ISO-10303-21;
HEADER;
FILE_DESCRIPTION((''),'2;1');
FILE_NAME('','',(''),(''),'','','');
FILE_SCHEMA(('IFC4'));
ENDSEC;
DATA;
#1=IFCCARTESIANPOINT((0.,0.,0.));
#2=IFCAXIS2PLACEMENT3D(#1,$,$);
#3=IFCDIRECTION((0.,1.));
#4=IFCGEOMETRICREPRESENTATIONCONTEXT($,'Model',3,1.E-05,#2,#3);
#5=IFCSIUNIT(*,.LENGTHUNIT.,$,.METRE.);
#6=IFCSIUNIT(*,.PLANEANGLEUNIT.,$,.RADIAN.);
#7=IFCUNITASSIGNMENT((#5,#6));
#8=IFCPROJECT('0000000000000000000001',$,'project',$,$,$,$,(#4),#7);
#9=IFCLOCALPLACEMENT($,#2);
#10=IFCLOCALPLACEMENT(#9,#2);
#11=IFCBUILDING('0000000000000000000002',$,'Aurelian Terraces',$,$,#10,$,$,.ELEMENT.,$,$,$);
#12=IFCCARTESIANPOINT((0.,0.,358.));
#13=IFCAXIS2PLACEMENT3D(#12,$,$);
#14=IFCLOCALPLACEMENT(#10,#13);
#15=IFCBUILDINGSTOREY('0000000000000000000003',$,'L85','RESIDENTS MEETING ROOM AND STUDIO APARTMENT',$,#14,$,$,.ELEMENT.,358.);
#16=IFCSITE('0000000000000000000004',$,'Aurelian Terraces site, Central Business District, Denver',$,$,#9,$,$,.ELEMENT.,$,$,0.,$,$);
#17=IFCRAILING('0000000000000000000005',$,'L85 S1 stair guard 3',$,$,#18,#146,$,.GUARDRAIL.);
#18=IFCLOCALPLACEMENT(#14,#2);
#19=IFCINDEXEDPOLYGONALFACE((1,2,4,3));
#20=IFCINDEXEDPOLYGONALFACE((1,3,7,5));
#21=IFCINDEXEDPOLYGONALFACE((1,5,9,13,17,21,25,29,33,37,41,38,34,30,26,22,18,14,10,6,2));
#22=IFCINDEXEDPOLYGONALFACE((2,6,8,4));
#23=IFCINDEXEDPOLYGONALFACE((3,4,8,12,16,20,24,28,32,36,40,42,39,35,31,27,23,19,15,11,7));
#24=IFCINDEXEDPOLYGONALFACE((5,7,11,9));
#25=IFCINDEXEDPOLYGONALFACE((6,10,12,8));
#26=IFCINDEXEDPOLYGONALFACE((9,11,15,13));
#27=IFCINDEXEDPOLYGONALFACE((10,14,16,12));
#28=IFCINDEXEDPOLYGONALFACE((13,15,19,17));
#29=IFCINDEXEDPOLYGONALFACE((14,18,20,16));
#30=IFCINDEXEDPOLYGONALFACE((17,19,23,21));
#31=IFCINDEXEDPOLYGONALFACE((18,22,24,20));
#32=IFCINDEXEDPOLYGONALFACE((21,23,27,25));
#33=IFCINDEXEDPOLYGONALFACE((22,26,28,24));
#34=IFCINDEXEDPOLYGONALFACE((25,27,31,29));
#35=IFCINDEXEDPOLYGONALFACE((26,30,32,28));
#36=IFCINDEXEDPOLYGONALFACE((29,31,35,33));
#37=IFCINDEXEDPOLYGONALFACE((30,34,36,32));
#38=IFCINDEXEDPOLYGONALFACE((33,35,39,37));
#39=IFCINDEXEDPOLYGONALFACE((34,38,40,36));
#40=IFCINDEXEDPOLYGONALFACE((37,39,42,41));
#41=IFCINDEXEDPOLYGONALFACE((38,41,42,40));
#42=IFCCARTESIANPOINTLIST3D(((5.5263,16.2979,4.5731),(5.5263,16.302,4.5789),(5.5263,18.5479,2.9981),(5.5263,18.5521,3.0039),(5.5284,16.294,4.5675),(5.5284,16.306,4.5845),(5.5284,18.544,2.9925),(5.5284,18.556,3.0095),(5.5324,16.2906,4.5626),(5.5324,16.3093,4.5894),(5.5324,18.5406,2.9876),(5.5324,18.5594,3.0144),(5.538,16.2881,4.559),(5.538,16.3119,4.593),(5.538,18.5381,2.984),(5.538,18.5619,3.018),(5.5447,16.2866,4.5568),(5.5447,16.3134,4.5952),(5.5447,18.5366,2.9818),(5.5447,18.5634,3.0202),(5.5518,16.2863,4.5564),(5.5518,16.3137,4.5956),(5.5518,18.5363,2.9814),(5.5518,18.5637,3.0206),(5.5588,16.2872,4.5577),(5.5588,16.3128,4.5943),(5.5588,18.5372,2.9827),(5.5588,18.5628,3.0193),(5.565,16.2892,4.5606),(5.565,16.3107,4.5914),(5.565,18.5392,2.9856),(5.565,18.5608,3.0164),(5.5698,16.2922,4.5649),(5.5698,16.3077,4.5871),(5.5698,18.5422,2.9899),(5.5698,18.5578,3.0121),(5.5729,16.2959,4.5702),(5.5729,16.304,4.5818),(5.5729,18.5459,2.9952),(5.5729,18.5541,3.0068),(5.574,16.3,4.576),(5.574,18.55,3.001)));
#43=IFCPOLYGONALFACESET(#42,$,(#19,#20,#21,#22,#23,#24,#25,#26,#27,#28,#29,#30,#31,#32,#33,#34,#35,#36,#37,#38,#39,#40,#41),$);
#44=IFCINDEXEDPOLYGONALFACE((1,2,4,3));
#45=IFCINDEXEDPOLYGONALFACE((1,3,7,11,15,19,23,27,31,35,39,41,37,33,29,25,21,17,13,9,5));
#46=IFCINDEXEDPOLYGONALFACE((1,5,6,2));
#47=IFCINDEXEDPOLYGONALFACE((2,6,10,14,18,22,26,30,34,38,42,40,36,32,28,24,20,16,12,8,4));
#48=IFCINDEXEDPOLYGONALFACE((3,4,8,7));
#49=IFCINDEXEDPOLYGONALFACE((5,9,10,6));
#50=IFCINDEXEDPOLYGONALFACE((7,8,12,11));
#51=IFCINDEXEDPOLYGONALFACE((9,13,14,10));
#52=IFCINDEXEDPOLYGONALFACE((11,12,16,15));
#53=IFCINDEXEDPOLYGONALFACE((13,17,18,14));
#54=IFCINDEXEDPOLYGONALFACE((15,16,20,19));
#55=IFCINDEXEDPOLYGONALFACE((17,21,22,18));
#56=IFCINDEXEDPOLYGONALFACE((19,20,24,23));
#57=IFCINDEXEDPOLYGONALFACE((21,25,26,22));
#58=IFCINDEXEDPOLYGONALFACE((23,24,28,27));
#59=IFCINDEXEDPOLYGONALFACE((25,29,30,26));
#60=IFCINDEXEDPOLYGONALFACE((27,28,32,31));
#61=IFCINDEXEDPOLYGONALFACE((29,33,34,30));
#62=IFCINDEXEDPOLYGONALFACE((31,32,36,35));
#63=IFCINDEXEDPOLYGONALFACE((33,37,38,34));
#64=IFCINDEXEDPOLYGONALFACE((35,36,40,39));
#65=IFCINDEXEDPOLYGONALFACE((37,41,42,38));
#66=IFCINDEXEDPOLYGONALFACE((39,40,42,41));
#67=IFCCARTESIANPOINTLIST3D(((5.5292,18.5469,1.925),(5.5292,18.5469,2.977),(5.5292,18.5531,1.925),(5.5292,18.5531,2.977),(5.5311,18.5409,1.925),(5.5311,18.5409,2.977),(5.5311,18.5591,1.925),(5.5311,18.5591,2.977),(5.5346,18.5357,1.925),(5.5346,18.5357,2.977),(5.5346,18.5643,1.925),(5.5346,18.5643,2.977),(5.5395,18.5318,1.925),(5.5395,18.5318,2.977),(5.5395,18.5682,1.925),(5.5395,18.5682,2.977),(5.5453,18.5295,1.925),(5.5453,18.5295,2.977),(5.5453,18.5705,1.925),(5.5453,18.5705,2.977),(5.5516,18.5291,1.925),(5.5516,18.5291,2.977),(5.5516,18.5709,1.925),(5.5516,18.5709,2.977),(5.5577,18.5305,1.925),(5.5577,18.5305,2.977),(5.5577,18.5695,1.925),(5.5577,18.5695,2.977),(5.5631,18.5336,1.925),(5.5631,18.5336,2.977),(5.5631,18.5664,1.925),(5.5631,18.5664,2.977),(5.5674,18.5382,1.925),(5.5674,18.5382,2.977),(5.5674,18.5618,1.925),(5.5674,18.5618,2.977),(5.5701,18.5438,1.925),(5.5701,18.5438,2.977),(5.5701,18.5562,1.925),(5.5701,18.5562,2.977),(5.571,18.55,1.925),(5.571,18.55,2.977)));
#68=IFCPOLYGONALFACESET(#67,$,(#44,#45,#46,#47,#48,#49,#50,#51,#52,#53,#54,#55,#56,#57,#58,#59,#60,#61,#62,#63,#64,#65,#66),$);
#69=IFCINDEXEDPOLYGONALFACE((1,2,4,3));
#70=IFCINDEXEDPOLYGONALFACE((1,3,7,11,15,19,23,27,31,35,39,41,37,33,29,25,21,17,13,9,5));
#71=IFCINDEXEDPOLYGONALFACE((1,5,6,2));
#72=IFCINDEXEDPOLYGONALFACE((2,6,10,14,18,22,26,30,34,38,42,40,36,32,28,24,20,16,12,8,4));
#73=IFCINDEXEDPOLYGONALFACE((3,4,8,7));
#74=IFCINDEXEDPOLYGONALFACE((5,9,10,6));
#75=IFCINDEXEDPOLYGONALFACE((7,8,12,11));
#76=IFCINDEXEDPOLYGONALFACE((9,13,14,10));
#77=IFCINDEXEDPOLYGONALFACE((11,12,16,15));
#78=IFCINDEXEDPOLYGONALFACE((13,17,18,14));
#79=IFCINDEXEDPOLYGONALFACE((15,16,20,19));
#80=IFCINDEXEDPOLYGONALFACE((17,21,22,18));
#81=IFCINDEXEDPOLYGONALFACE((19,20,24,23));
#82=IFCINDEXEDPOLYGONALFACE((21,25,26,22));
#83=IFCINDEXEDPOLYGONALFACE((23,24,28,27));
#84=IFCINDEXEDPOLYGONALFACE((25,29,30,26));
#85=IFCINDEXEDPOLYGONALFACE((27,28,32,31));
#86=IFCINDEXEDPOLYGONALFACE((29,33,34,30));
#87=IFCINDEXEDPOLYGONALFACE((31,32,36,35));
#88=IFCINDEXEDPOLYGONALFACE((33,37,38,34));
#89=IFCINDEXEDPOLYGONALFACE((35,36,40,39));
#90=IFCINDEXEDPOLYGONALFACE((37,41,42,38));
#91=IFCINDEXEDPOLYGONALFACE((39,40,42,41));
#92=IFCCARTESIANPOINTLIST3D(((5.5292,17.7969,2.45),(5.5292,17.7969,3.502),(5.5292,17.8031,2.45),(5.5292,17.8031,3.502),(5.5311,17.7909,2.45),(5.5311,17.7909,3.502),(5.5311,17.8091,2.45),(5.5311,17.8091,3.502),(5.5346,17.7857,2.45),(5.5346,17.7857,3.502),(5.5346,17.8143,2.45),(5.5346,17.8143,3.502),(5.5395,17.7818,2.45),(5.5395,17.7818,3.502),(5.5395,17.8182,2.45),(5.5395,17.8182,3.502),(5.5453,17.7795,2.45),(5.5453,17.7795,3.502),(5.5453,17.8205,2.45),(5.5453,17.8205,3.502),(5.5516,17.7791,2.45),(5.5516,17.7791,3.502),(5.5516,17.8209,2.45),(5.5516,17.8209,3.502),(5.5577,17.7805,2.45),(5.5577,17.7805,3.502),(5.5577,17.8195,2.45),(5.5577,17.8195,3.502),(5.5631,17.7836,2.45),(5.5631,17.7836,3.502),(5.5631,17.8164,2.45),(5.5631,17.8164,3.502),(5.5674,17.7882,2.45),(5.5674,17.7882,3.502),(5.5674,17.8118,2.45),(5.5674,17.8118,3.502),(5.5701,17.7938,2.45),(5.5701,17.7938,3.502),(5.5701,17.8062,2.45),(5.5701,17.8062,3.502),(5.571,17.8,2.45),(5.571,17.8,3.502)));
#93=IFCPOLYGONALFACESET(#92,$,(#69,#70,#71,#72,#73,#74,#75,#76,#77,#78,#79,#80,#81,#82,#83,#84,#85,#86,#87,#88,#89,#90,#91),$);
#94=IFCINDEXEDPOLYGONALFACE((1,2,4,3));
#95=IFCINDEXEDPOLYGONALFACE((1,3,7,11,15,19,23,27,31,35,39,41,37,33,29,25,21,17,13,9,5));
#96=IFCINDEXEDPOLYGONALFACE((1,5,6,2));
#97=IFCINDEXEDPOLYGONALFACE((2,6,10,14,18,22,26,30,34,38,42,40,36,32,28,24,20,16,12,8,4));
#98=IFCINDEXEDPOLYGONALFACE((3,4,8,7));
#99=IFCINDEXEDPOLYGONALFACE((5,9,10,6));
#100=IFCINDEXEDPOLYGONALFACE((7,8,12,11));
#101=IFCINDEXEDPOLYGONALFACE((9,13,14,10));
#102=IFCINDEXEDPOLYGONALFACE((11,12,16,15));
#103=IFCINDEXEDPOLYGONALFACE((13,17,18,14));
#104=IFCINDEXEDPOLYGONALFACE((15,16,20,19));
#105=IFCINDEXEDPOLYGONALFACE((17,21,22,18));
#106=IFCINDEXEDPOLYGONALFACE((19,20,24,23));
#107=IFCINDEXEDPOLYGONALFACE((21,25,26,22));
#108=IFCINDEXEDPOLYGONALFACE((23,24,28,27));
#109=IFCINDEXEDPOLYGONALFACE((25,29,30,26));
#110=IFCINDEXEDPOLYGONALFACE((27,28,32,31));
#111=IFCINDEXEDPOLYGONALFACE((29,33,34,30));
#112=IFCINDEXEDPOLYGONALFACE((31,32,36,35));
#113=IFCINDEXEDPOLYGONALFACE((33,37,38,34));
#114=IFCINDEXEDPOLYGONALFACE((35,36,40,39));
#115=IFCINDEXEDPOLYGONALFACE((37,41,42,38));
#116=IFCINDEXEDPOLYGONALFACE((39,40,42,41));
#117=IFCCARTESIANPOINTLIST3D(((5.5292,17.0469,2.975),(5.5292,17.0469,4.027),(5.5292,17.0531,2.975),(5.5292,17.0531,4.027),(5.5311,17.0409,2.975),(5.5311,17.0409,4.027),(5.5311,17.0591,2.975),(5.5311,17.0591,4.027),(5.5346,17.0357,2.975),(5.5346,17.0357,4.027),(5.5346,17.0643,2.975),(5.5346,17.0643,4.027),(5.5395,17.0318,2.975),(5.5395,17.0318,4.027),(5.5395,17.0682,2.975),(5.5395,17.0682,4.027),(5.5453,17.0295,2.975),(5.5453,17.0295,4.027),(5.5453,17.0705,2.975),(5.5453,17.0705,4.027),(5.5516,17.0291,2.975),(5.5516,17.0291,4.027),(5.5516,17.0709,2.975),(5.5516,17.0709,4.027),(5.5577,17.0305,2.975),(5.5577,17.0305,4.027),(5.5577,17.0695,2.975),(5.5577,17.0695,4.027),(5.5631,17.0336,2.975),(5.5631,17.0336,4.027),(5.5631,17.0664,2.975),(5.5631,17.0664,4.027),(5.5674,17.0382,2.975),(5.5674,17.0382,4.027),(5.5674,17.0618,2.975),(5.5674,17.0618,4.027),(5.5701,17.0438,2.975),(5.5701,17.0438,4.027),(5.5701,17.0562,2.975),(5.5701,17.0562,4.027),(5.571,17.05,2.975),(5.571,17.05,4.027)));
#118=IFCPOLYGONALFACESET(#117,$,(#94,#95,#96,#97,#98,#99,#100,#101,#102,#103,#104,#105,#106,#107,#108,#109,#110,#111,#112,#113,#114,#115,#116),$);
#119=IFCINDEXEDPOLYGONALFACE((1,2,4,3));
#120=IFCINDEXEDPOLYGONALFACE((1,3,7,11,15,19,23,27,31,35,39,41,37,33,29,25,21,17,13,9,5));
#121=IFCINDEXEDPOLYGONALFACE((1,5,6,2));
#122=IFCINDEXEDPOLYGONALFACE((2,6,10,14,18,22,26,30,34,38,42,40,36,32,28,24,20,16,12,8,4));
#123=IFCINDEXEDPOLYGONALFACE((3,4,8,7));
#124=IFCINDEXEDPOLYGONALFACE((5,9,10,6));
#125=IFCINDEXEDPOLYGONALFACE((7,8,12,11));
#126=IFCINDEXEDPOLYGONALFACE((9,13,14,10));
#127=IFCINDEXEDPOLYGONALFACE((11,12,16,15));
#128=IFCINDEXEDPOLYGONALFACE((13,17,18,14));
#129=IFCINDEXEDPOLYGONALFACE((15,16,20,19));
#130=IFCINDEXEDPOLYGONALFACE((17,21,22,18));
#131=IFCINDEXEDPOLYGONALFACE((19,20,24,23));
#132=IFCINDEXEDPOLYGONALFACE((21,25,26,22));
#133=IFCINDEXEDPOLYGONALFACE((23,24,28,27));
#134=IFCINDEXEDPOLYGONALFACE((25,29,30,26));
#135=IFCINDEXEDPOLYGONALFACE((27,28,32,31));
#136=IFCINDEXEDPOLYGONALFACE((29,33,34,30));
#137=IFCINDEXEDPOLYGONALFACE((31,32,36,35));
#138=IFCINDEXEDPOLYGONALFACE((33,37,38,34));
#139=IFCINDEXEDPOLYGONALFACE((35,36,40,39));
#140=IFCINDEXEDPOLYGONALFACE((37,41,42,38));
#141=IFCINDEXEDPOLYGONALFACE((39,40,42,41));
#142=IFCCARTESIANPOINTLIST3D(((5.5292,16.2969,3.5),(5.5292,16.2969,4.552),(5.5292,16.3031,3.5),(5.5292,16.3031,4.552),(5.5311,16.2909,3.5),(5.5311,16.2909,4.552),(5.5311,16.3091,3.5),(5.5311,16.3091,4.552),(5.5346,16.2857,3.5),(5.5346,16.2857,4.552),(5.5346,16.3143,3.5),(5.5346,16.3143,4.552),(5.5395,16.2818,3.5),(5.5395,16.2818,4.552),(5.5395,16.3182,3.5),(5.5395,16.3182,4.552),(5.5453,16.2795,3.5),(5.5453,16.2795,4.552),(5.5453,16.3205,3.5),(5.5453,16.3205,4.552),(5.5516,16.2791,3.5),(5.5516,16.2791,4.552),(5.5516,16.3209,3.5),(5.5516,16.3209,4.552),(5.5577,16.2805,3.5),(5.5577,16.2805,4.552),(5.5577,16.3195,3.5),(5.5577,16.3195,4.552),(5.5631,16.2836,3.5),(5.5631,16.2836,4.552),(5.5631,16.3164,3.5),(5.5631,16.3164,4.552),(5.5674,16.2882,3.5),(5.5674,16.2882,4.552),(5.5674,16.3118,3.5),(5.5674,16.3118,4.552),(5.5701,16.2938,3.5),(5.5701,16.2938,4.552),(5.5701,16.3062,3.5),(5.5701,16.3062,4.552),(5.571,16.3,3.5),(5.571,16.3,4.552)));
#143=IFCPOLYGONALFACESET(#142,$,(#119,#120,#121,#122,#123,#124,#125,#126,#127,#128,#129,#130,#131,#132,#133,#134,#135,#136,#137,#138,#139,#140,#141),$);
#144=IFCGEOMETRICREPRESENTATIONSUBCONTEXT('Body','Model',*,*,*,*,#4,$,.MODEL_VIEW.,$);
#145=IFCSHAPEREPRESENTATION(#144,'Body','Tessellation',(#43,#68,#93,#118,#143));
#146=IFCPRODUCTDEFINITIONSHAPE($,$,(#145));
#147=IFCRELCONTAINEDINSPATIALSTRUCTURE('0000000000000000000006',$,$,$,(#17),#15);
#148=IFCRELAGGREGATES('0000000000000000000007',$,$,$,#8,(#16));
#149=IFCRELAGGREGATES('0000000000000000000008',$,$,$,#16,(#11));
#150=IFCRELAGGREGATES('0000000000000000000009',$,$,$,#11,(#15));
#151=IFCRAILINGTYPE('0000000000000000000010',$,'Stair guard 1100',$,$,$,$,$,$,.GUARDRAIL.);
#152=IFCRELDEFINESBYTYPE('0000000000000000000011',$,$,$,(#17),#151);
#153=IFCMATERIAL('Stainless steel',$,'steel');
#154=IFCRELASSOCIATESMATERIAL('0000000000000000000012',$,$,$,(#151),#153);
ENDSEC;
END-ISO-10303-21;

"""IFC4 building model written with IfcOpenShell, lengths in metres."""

from ifc_helpers import new_model, si_unit, direction, frame, origin, origin_2d, place, context, subcontext, project, spatial, circle, extrude, source, transform, mapped, material, type_object, element, save


model = new_model("IFC4")

# Units and contexts
model_context = context("Model", 3, precision=1e-05, world=origin(), true_north=direction((0.0, 1.0)))
body_context = subcontext(model_context, "Body", "Model", "MODEL_VIEW")
ifc_project = project(units=[si_unit("LENGTHUNIT", "METRE"), si_unit("PLANEANGLEUNIT", "RADIAN")], contexts=[model_context])

# Site, building, storey
site_placement = place(None, origin())
site = spatial("IfcSite", under=ifc_project, at=site_placement, Name="Aurelian Terraces site, Central Business District, Denver", CompositionType="ELEMENT", RefElevation=0.0)
building_placement = place(site_placement, origin())
building = spatial("IfcBuilding", under=site, at=building_placement, Name="Aurelian Terraces", CompositionType="ELEMENT")
storey_placement = place(building_placement, frame((0.0, 0.0, 358.0)))
storey = spatial("IfcBuildingStorey", under=building, at=storey_placement, Name="L85", Description="RESIDENTS MEETING ROOM AND STUDIO APARTMENT", CompositionType="ELEMENT", Elevation=358.0)

# Railing
ifc_material_1 = material(Name="Stainless steel", Category="steel")
railing_type_1 = type_object("IfcRailingType", Name="Stair guard 1100", PredefinedType="GUARDRAIL", material=ifc_material_1)
shared_shape_1 = source(origin(), body_context, "Body", "SweptSolid", [
    extrude(circle(Radius=0.024, at=origin_2d()), frame((0.0, 0.0, 1.076), z_axis=(0.0, -0.819232, 0.573462), x_axis=(1.0, 0.0, 0.0)), (0.0, 0.0, 1.0), 2.7465),
    extrude(circle(Radius=0.021, at=origin_2d()), origin(), (0.0, 0.0, 1.0), 1.052),
    extrude(circle(Radius=0.021, at=origin_2d()), frame((0.0, -0.75, 0.525)), (0.0, 0.0, 1.0), 1.052),
    extrude(circle(Radius=0.021, at=origin_2d()), frame((0.0, -1.5, 1.05)), (0.0, 0.0, 1.0), 1.052),
    extrude(circle(Radius=0.021, at=origin_2d()), frame((0.0, -2.25, 1.575)), (0.0, 0.0, 1.0), 1.052),
])
railing_1_placement = place(storey_placement, frame((5.55, 18.55, 1.925)))
element("IfcRailing", 1, at=railing_1_placement, inside=storey, type_object=railing_type_1, Name="L85 S1 stair guard 3", PredefinedType="GUARDRAIL", context=body_context, shape_type="MappedRepresentation", body=[
    mapped(shared_shape_1, transform((0.0, 0.0, 0.0), scale=1.0)),
])

save(model, "model.ifc")
